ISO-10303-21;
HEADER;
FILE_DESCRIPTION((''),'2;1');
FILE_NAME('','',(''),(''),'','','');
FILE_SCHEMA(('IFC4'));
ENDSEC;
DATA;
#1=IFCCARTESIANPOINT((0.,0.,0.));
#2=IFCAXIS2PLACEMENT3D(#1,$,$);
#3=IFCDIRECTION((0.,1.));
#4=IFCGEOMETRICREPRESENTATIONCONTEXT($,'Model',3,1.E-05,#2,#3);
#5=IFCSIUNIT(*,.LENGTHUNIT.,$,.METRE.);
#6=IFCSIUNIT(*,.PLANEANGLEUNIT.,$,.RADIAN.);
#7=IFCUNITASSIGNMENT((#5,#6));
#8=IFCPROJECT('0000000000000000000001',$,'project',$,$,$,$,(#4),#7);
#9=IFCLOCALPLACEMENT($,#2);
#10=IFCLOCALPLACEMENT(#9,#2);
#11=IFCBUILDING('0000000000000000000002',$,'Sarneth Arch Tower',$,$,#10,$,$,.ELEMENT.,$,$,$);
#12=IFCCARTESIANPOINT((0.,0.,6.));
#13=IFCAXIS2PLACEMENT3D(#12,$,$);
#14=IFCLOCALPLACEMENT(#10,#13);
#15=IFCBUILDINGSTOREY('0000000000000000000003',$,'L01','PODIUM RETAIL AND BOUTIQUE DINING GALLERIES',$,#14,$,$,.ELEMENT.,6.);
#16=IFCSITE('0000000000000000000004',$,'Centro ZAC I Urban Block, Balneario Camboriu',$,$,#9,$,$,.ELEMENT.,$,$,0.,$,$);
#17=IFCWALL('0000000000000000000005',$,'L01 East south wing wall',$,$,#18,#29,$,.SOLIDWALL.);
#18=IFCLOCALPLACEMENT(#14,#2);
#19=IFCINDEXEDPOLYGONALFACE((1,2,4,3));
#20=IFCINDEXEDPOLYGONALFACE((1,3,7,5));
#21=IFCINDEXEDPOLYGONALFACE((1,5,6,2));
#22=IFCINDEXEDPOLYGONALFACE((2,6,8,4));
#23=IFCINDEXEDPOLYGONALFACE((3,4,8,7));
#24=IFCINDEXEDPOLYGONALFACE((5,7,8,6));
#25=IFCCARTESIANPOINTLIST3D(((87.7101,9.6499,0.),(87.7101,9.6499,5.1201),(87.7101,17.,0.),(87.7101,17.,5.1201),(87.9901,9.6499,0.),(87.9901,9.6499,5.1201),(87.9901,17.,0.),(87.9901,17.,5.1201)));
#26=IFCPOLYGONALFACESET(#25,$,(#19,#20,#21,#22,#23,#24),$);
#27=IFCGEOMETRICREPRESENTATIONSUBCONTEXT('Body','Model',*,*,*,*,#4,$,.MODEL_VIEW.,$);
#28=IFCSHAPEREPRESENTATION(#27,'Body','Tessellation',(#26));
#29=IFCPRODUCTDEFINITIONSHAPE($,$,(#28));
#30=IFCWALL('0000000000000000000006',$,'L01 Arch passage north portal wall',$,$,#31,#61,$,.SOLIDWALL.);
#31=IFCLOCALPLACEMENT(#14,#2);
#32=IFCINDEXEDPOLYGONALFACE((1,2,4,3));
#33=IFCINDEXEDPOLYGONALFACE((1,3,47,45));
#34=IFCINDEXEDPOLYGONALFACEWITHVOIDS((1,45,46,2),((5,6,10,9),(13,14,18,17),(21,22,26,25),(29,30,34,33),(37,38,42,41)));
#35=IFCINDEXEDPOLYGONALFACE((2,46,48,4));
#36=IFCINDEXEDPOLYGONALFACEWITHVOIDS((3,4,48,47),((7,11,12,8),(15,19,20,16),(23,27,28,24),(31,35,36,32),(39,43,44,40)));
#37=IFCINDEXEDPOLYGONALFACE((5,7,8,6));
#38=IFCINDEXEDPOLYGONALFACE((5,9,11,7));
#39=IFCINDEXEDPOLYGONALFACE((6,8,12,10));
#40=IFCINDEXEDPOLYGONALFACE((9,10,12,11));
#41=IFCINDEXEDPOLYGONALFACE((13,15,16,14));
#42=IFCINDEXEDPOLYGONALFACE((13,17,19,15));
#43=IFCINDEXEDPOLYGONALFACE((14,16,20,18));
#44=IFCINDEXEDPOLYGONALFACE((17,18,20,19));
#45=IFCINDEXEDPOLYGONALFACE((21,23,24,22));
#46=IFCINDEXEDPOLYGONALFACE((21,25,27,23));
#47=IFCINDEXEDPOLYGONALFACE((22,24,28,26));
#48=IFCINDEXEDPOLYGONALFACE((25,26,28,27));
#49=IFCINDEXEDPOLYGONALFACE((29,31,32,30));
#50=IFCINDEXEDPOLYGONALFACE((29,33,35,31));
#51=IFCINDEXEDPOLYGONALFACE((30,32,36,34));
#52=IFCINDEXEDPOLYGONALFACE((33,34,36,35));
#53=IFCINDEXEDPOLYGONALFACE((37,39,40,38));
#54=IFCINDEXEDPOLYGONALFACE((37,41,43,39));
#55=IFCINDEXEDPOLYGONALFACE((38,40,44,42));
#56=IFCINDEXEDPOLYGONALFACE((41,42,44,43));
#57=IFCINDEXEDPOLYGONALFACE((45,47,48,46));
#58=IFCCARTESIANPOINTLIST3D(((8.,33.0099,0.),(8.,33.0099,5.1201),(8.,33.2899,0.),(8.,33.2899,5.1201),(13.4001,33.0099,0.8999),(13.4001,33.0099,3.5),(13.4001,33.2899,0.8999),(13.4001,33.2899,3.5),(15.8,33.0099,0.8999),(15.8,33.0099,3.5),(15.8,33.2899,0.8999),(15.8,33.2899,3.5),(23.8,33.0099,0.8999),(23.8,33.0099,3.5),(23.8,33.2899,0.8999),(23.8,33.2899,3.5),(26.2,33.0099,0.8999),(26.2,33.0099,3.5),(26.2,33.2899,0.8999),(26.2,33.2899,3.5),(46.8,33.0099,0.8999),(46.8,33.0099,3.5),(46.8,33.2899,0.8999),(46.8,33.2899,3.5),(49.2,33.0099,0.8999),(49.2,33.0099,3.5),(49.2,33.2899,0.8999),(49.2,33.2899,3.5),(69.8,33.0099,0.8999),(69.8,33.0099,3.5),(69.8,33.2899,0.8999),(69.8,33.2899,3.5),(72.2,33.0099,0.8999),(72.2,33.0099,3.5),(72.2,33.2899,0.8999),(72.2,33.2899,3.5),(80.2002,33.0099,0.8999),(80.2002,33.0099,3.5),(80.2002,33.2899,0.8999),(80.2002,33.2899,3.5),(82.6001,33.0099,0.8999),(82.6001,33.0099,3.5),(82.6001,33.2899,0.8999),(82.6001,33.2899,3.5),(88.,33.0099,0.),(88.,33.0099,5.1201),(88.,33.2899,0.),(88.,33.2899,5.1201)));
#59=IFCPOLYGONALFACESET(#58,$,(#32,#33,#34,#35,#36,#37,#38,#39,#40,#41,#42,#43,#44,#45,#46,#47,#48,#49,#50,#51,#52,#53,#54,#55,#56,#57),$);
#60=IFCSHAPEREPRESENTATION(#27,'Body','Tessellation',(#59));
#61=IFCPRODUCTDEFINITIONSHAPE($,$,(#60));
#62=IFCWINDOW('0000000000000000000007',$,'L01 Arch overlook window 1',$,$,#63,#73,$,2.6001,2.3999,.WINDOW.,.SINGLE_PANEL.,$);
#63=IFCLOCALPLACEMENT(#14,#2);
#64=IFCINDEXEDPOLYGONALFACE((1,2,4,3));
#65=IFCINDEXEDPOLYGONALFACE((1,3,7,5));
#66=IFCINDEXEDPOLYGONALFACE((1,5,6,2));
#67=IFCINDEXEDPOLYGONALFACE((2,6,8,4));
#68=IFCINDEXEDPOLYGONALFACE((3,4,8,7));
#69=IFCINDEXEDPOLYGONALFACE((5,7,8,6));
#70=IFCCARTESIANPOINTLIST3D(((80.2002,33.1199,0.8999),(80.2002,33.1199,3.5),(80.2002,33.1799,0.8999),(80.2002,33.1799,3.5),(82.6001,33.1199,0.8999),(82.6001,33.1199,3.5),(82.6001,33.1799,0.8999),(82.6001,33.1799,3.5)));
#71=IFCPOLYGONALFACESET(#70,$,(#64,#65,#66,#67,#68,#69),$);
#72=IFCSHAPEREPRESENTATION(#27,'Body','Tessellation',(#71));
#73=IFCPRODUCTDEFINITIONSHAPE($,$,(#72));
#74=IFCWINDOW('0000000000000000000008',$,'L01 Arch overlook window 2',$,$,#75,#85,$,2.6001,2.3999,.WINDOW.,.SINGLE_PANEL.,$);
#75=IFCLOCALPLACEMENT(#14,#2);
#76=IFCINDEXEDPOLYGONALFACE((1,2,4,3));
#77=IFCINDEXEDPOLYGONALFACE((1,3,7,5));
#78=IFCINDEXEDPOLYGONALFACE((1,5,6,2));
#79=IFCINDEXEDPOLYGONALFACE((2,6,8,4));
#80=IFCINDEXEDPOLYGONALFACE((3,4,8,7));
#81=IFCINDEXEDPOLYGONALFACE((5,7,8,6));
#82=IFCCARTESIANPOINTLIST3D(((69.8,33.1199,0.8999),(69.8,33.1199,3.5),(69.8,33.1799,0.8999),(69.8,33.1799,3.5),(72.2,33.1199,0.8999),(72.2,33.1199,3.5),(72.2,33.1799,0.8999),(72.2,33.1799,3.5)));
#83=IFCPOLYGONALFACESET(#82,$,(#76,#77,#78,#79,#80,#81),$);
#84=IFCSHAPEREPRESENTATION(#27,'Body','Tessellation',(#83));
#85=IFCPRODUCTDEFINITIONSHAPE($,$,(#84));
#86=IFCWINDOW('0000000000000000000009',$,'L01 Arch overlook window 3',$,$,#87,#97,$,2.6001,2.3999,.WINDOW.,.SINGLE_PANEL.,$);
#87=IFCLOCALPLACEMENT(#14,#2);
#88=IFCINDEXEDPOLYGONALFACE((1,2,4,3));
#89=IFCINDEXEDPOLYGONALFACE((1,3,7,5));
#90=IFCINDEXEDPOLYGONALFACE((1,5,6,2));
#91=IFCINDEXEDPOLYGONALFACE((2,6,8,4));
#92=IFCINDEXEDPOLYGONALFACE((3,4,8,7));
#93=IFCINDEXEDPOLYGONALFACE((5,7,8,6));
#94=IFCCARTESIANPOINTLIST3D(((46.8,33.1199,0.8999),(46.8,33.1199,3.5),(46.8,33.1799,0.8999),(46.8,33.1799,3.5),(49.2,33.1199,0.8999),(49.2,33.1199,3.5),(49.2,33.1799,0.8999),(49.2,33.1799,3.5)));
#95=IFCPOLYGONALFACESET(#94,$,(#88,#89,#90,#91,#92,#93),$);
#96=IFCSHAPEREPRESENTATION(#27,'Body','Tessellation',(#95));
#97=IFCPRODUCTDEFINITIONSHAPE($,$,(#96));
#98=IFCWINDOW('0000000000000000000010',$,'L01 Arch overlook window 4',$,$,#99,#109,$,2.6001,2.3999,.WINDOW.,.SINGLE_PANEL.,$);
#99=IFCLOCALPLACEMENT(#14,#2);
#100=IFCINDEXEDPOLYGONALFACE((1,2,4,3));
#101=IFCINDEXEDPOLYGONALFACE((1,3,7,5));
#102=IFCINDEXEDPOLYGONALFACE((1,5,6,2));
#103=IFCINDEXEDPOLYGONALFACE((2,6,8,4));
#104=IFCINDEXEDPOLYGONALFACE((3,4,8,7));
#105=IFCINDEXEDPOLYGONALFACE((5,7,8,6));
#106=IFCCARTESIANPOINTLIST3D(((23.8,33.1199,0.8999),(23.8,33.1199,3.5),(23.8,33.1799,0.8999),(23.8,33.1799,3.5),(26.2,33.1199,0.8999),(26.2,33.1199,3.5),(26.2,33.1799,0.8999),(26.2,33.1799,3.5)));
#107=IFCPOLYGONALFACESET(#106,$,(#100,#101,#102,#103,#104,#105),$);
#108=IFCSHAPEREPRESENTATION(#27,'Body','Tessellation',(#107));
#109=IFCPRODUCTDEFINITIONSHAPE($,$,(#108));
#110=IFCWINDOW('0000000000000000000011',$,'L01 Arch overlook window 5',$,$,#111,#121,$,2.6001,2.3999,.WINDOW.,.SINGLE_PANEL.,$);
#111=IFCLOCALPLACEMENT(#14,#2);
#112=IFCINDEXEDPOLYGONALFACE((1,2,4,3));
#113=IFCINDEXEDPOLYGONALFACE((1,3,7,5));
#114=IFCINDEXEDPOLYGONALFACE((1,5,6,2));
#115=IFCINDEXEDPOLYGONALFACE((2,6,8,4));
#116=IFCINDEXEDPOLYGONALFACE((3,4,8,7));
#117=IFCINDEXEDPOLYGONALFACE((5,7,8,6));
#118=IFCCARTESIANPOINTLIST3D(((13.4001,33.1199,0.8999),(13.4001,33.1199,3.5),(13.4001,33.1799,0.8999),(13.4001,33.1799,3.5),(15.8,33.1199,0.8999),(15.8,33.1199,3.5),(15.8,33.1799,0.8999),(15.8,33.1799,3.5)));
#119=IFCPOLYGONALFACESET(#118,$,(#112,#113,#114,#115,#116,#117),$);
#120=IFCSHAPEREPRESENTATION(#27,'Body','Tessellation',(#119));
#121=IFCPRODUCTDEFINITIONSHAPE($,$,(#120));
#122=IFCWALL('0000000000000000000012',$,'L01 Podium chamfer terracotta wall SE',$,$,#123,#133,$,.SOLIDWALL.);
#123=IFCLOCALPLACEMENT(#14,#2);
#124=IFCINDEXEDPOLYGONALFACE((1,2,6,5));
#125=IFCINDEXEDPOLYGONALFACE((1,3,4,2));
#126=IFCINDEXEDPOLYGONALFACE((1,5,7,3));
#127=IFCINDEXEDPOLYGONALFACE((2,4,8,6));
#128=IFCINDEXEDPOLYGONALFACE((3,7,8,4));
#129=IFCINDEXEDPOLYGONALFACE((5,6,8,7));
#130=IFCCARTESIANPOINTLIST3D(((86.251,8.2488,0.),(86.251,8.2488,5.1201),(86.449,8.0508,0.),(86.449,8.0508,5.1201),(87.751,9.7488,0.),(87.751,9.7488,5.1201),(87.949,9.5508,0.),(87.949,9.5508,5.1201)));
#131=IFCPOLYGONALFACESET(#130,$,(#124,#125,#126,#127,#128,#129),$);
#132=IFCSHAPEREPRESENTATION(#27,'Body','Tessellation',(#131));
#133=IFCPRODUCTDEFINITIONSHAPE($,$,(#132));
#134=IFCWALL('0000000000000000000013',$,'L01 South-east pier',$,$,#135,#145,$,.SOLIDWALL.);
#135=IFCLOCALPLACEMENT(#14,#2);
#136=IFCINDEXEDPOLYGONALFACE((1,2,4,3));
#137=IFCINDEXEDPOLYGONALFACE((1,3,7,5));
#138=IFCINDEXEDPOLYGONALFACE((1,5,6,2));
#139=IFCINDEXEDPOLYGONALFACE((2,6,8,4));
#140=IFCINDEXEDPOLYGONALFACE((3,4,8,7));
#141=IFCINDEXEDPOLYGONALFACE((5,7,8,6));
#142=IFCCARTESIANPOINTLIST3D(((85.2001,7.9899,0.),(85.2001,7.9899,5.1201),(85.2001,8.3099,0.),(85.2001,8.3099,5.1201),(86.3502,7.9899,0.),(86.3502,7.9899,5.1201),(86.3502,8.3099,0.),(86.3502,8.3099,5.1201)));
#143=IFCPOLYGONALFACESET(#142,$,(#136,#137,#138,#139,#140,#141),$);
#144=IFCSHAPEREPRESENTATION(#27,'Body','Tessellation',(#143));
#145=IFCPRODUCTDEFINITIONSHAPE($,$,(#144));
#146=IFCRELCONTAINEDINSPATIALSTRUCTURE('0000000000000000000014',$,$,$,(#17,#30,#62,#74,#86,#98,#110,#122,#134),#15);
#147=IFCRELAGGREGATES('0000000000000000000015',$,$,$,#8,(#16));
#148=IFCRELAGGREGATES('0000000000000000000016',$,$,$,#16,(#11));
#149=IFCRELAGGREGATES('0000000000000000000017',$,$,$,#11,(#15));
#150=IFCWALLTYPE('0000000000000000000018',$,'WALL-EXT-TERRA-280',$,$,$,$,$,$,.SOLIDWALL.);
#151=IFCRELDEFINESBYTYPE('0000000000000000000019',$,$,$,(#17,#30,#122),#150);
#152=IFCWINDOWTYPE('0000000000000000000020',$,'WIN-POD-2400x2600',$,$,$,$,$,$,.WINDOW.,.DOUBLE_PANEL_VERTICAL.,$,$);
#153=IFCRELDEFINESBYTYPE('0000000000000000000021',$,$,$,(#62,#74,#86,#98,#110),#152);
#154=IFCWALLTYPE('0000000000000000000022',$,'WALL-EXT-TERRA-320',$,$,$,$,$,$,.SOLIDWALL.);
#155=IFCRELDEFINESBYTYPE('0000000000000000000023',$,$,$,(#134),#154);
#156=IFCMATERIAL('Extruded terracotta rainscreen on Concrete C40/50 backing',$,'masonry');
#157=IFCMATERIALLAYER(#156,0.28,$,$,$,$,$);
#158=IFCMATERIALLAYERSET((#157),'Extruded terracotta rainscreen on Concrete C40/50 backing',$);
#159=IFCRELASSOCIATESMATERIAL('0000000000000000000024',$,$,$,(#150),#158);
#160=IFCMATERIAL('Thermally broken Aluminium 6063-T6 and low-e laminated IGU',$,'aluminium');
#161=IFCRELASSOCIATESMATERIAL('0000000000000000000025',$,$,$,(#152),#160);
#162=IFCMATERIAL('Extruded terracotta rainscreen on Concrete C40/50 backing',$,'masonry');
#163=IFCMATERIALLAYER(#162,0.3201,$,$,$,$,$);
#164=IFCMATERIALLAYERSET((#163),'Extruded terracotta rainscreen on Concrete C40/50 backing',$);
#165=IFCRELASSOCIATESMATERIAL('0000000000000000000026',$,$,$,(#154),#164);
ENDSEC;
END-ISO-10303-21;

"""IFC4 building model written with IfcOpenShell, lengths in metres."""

from ifc_helpers import new_model, si_unit, direction, frame, frame_2d, origin, place, context, subcontext, project, spatial, rectangle, extrude, material, layer, layer_set, type_object, element, fill, save


model = new_model("IFC4")

# Units and contexts
model_context = context("Model", 3, precision=1e-05, world=origin(), true_north=direction((0.0, 1.0)))
body_context = subcontext(model_context, "Body", "Model", "MODEL_VIEW")
ifc_project = project(units=[si_unit("LENGTHUNIT", "METRE"), si_unit("PLANEANGLEUNIT", "RADIAN")], contexts=[model_context])

# Site, building, storey
site_placement = place(None, origin())
site = spatial("IfcSite", under=ifc_project, at=site_placement, Name="Centro ZAC I Urban Block, Balneario Camboriu", CompositionType="ELEMENT", RefElevation=0.0)
building_placement = place(site_placement, origin())
building = spatial("IfcBuilding", under=site, at=building_placement, Name="Sarneth Arch Tower", CompositionType="ELEMENT")
storey_placement = place(building_placement, frame((0.0, 0.0, 6.0)))
storey = spatial("IfcBuildingStorey", under=building, at=storey_placement, Name="L01", Description="PODIUM RETAIL AND BOUTIQUE DINING GALLERIES", CompositionType="ELEMENT", Elevation=6.0)

# Wall
ifc_material_1 = material(Name="Extruded terracotta rainscreen on Concrete C40/50 backing", Category="masonry")
ifc_layer_1 = layer(ifc_material_1, 0.28)
ifc_layer_set_1 = layer_set([ifc_layer_1], Name="Extruded terracotta rainscreen on Concrete C40/50 backing")
wall_type_1 = type_object("IfcWallType", Name="WALL-EXT-TERRA-280", PredefinedType="SOLIDWALL", material=ifc_layer_set_1)
wall_1_placement = place(storey_placement, frame((87.8501, 9.6499, 0.0), z_axis=(0.0, 0.0, 1.0), x_axis=(0.0, 1.0, 0.0)))
element("IfcWall", 1, at=wall_1_placement, inside=storey, type_object=wall_type_1, Name="L01 East south wing wall", PredefinedType="SOLIDWALL", context=body_context, shape_type="SweptSolid", body=[
    extrude(rectangle(XDim=7.3501, YDim=0.28, at=frame_2d((3.675, 0.0))), origin(), (0.0, 0.0, 1.0), 5.1201),
])

# Wall, openings, windows
wall_2_placement = place(storey_placement, frame((88.0, 33.1499, 0.0), z_axis=(0.0, 0.0, 1.0), x_axis=(-1.0, 0.0, 0.0)))
wall_2 = element("IfcWall", 2, at=wall_2_placement, inside=storey, type_object=wall_type_1, Name="L01 Arch passage north portal wall", PredefinedType="SOLIDWALL", context=body_context, shape_type="SweptSolid", body=[
    extrude(rectangle(XDim=80.0, YDim=0.28, at=frame_2d((40.0, 0.0))), origin(), (0.0, 0.0, 1.0), 5.1201),
])
opening_1_placement = place(wall_2_placement, frame((5.3999, 0.0, 0.8999)))
opening_1 = element("IfcOpeningElement", 3, at=opening_1_placement, cuts=wall_2, PredefinedType="OPENING", context=body_context, shape_type="SweptSolid", body=[
    extrude(rectangle(XDim=2.3999, YDim=2.6001, at=frame_2d((1.2, 1.3))), frame((0.0, 0.1499, 0.0), z_axis=(0.0, -1.0, 0.0), x_axis=(1.0, 0.0, 0.0)), (0.0, 0.0, 1.0), 0.3),
])
opening_2_placement = place(wall_2_placement, frame((15.8, 0.0, 0.8999)))
opening_2 = element("IfcOpeningElement", 4, at=opening_2_placement, cuts=wall_2, PredefinedType="OPENING", context=body_context, shape_type="SweptSolid", body=[
    extrude(rectangle(XDim=2.3999, YDim=2.6001, at=frame_2d((1.2, 1.3))), frame((0.0, 0.1499, 0.0), z_axis=(0.0, -1.0, 0.0), x_axis=(1.0, 0.0, 0.0)), (0.0, 0.0, 1.0), 0.3),
])
opening_3_placement = place(wall_2_placement, frame((38.8, 0.0, 0.8999)))
opening_3 = element("IfcOpeningElement", 5, at=opening_3_placement, cuts=wall_2, PredefinedType="OPENING", context=body_context, shape_type="SweptSolid", body=[
    extrude(rectangle(XDim=2.3999, YDim=2.6001, at=frame_2d((1.2, 1.3))), frame((0.0, 0.1499, 0.0), z_axis=(0.0, -1.0, 0.0), x_axis=(1.0, 0.0, 0.0)), (0.0, 0.0, 1.0), 0.3),
])
opening_4_placement = place(wall_2_placement, frame((61.8, 0.0, 0.8999)))
opening_4 = element("IfcOpeningElement", 6, at=opening_4_placement, cuts=wall_2, PredefinedType="OPENING", context=body_context, shape_type="SweptSolid", body=[
    extrude(rectangle(XDim=2.3999, YDim=2.6001, at=frame_2d((1.2, 1.3))), frame((0.0, 0.1499, 0.0), z_axis=(0.0, -1.0, 0.0), x_axis=(1.0, 0.0, 0.0)), (0.0, 0.0, 1.0), 0.3),
])
opening_5_placement = place(wall_2_placement, frame((72.2, 0.0, 0.8999)))
opening_5 = element("IfcOpeningElement", 7, at=opening_5_placement, cuts=wall_2, PredefinedType="OPENING", context=body_context, shape_type="SweptSolid", body=[
    extrude(rectangle(XDim=2.3999, YDim=2.6001, at=frame_2d((1.2, 1.3))), frame((0.0, 0.1499, 0.0), z_axis=(0.0, -1.0, 0.0), x_axis=(1.0, 0.0, 0.0)), (0.0, 0.0, 1.0), 0.3),
])
ifc_material_2 = material(Name="Thermally broken Aluminium 6063-T6 and low-e laminated IGU", Category="aluminium")
window_type = type_object("IfcWindowType", Name="WIN-POD-2400x2600", PartitioningType="DOUBLE_PANEL_VERTICAL", PredefinedType="WINDOW", material=ifc_material_2)
window_1_placement = place(opening_1_placement, origin())
window_1 = element("IfcWindow", 8, at=window_1_placement, inside=storey, type_object=window_type, Name="L01 Arch overlook window 1", OverallHeight=2.6001, OverallWidth=2.3999, PartitioningType="SINGLE_PANEL", PredefinedType="WINDOW", context=body_context, shape_type="SweptSolid", body=[
    extrude(rectangle(XDim=2.3999, YDim=2.6001, at=frame_2d((1.2, 1.3))), frame((0.0, 0.03, 0.0), z_axis=(0.0, -1.0, 0.0), x_axis=(1.0, 0.0, 0.0)), (0.0, 0.0, 1.0), 0.0601),
])
fill(opening_1, window_1)
window_2_placement = place(opening_2_placement, origin())
window_2 = element("IfcWindow", 9, at=window_2_placement, inside=storey, type_object=window_type, Name="L01 Arch overlook window 2", OverallHeight=2.6001, OverallWidth=2.3999, PartitioningType="SINGLE_PANEL", PredefinedType="WINDOW", context=body_context, shape_type="SweptSolid", body=[
    extrude(rectangle(XDim=2.3999, YDim=2.6001, at=frame_2d((1.2, 1.3))), frame((0.0, 0.03, 0.0), z_axis=(0.0, -1.0, 0.0), x_axis=(1.0, 0.0, 0.0)), (0.0, 0.0, 1.0), 0.0601),
])
fill(opening_2, window_2)
window_3_placement = place(opening_3_placement, origin())
window_3 = element("IfcWindow", 10, at=window_3_placement, inside=storey, type_object=window_type, Name="L01 Arch overlook window 3", OverallHeight=2.6001, OverallWidth=2.3999, PartitioningType="SINGLE_PANEL", PredefinedType="WINDOW", context=body_context, shape_type="SweptSolid", body=[
    extrude(rectangle(XDim=2.3999, YDim=2.6001, at=frame_2d((1.2, 1.3))), frame((0.0, 0.03, 0.0), z_axis=(0.0, -1.0, 0.0), x_axis=(1.0, 0.0, 0.0)), (0.0, 0.0, 1.0), 0.0601),
])
fill(opening_3, window_3)
window_4_placement = place(opening_4_placement, origin())
window_4 = element("IfcWindow", 11, at=window_4_placement, inside=storey, type_object=window_type, Name="L01 Arch overlook window 4", OverallHeight=2.6001, OverallWidth=2.3999, PartitioningType="SINGLE_PANEL", PredefinedType="WINDOW", context=body_context, shape_type="SweptSolid", body=[
    extrude(rectangle(XDim=2.3999, YDim=2.6001, at=frame_2d((1.2, 1.3))), frame((0.0, 0.03, 0.0), z_axis=(0.0, -1.0, 0.0), x_axis=(1.0, 0.0, 0.0)), (0.0, 0.0, 1.0), 0.0601),
])
fill(opening_4, window_4)
window_5_placement = place(opening_5_placement, origin())
window_5 = element("IfcWindow", 12, at=window_5_placement, inside=storey, type_object=window_type, Name="L01 Arch overlook window 5", OverallHeight=2.6001, OverallWidth=2.3999, PartitioningType="SINGLE_PANEL", PredefinedType="WINDOW", context=body_context, shape_type="SweptSolid", body=[
    extrude(rectangle(XDim=2.3999, YDim=2.6001, at=frame_2d((1.2, 1.3))), frame((0.0, 0.03, 0.0), z_axis=(0.0, -1.0, 0.0), x_axis=(1.0, 0.0, 0.0)), (0.0, 0.0, 1.0), 0.0601),
])
fill(opening_5, window_5)

# Walls
wall_3_placement = place(storey_placement, frame((86.3501, 8.1499, 0.0), z_axis=(0.0, 0.0, 1.0), x_axis=(0.707107, 0.707107, 0.0)))
element("IfcWall", 13, at=wall_3_placement, inside=storey, type_object=wall_type_1, Name="L01 Podium chamfer terracotta wall SE", PredefinedType="SOLIDWALL", context=body_context, shape_type="SweptSolid", body=[
    extrude(rectangle(XDim=2.1213, YDim=0.28, at=frame_2d((1.0605, 0.0))), origin(), (0.0, 0.0, 1.0), 5.1201),
])
ifc_material_3 = material(Name="Extruded terracotta rainscreen on Concrete C40/50 backing", Category="masonry")
ifc_layer_2 = layer(ifc_material_3, 0.3201)
ifc_layer_set_2 = layer_set([ifc_layer_2], Name="Extruded terracotta rainscreen on Concrete C40/50 backing")
wall_type_2 = type_object("IfcWallType", Name="WALL-EXT-TERRA-320", PredefinedType="SOLIDWALL", material=ifc_layer_set_2)
wall_4_placement = place(storey_placement, frame((85.2, 8.1499, 0.0), z_axis=(0.0, 0.0, 1.0), x_axis=(1.0, 0.0, 0.0)))
element("IfcWall", 14, at=wall_4_placement, inside=storey, type_object=wall_type_2, Name="L01 South-east pier", PredefinedType="SOLIDWALL", context=body_context, shape_type="SweptSolid", body=[
    extrude(rectangle(XDim=1.1501, YDim=0.3201, at=frame_2d((0.5752, 0.0))), origin(), (0.0, 0.0, 1.0), 5.1201),
])

save(model, "model.ifc")
